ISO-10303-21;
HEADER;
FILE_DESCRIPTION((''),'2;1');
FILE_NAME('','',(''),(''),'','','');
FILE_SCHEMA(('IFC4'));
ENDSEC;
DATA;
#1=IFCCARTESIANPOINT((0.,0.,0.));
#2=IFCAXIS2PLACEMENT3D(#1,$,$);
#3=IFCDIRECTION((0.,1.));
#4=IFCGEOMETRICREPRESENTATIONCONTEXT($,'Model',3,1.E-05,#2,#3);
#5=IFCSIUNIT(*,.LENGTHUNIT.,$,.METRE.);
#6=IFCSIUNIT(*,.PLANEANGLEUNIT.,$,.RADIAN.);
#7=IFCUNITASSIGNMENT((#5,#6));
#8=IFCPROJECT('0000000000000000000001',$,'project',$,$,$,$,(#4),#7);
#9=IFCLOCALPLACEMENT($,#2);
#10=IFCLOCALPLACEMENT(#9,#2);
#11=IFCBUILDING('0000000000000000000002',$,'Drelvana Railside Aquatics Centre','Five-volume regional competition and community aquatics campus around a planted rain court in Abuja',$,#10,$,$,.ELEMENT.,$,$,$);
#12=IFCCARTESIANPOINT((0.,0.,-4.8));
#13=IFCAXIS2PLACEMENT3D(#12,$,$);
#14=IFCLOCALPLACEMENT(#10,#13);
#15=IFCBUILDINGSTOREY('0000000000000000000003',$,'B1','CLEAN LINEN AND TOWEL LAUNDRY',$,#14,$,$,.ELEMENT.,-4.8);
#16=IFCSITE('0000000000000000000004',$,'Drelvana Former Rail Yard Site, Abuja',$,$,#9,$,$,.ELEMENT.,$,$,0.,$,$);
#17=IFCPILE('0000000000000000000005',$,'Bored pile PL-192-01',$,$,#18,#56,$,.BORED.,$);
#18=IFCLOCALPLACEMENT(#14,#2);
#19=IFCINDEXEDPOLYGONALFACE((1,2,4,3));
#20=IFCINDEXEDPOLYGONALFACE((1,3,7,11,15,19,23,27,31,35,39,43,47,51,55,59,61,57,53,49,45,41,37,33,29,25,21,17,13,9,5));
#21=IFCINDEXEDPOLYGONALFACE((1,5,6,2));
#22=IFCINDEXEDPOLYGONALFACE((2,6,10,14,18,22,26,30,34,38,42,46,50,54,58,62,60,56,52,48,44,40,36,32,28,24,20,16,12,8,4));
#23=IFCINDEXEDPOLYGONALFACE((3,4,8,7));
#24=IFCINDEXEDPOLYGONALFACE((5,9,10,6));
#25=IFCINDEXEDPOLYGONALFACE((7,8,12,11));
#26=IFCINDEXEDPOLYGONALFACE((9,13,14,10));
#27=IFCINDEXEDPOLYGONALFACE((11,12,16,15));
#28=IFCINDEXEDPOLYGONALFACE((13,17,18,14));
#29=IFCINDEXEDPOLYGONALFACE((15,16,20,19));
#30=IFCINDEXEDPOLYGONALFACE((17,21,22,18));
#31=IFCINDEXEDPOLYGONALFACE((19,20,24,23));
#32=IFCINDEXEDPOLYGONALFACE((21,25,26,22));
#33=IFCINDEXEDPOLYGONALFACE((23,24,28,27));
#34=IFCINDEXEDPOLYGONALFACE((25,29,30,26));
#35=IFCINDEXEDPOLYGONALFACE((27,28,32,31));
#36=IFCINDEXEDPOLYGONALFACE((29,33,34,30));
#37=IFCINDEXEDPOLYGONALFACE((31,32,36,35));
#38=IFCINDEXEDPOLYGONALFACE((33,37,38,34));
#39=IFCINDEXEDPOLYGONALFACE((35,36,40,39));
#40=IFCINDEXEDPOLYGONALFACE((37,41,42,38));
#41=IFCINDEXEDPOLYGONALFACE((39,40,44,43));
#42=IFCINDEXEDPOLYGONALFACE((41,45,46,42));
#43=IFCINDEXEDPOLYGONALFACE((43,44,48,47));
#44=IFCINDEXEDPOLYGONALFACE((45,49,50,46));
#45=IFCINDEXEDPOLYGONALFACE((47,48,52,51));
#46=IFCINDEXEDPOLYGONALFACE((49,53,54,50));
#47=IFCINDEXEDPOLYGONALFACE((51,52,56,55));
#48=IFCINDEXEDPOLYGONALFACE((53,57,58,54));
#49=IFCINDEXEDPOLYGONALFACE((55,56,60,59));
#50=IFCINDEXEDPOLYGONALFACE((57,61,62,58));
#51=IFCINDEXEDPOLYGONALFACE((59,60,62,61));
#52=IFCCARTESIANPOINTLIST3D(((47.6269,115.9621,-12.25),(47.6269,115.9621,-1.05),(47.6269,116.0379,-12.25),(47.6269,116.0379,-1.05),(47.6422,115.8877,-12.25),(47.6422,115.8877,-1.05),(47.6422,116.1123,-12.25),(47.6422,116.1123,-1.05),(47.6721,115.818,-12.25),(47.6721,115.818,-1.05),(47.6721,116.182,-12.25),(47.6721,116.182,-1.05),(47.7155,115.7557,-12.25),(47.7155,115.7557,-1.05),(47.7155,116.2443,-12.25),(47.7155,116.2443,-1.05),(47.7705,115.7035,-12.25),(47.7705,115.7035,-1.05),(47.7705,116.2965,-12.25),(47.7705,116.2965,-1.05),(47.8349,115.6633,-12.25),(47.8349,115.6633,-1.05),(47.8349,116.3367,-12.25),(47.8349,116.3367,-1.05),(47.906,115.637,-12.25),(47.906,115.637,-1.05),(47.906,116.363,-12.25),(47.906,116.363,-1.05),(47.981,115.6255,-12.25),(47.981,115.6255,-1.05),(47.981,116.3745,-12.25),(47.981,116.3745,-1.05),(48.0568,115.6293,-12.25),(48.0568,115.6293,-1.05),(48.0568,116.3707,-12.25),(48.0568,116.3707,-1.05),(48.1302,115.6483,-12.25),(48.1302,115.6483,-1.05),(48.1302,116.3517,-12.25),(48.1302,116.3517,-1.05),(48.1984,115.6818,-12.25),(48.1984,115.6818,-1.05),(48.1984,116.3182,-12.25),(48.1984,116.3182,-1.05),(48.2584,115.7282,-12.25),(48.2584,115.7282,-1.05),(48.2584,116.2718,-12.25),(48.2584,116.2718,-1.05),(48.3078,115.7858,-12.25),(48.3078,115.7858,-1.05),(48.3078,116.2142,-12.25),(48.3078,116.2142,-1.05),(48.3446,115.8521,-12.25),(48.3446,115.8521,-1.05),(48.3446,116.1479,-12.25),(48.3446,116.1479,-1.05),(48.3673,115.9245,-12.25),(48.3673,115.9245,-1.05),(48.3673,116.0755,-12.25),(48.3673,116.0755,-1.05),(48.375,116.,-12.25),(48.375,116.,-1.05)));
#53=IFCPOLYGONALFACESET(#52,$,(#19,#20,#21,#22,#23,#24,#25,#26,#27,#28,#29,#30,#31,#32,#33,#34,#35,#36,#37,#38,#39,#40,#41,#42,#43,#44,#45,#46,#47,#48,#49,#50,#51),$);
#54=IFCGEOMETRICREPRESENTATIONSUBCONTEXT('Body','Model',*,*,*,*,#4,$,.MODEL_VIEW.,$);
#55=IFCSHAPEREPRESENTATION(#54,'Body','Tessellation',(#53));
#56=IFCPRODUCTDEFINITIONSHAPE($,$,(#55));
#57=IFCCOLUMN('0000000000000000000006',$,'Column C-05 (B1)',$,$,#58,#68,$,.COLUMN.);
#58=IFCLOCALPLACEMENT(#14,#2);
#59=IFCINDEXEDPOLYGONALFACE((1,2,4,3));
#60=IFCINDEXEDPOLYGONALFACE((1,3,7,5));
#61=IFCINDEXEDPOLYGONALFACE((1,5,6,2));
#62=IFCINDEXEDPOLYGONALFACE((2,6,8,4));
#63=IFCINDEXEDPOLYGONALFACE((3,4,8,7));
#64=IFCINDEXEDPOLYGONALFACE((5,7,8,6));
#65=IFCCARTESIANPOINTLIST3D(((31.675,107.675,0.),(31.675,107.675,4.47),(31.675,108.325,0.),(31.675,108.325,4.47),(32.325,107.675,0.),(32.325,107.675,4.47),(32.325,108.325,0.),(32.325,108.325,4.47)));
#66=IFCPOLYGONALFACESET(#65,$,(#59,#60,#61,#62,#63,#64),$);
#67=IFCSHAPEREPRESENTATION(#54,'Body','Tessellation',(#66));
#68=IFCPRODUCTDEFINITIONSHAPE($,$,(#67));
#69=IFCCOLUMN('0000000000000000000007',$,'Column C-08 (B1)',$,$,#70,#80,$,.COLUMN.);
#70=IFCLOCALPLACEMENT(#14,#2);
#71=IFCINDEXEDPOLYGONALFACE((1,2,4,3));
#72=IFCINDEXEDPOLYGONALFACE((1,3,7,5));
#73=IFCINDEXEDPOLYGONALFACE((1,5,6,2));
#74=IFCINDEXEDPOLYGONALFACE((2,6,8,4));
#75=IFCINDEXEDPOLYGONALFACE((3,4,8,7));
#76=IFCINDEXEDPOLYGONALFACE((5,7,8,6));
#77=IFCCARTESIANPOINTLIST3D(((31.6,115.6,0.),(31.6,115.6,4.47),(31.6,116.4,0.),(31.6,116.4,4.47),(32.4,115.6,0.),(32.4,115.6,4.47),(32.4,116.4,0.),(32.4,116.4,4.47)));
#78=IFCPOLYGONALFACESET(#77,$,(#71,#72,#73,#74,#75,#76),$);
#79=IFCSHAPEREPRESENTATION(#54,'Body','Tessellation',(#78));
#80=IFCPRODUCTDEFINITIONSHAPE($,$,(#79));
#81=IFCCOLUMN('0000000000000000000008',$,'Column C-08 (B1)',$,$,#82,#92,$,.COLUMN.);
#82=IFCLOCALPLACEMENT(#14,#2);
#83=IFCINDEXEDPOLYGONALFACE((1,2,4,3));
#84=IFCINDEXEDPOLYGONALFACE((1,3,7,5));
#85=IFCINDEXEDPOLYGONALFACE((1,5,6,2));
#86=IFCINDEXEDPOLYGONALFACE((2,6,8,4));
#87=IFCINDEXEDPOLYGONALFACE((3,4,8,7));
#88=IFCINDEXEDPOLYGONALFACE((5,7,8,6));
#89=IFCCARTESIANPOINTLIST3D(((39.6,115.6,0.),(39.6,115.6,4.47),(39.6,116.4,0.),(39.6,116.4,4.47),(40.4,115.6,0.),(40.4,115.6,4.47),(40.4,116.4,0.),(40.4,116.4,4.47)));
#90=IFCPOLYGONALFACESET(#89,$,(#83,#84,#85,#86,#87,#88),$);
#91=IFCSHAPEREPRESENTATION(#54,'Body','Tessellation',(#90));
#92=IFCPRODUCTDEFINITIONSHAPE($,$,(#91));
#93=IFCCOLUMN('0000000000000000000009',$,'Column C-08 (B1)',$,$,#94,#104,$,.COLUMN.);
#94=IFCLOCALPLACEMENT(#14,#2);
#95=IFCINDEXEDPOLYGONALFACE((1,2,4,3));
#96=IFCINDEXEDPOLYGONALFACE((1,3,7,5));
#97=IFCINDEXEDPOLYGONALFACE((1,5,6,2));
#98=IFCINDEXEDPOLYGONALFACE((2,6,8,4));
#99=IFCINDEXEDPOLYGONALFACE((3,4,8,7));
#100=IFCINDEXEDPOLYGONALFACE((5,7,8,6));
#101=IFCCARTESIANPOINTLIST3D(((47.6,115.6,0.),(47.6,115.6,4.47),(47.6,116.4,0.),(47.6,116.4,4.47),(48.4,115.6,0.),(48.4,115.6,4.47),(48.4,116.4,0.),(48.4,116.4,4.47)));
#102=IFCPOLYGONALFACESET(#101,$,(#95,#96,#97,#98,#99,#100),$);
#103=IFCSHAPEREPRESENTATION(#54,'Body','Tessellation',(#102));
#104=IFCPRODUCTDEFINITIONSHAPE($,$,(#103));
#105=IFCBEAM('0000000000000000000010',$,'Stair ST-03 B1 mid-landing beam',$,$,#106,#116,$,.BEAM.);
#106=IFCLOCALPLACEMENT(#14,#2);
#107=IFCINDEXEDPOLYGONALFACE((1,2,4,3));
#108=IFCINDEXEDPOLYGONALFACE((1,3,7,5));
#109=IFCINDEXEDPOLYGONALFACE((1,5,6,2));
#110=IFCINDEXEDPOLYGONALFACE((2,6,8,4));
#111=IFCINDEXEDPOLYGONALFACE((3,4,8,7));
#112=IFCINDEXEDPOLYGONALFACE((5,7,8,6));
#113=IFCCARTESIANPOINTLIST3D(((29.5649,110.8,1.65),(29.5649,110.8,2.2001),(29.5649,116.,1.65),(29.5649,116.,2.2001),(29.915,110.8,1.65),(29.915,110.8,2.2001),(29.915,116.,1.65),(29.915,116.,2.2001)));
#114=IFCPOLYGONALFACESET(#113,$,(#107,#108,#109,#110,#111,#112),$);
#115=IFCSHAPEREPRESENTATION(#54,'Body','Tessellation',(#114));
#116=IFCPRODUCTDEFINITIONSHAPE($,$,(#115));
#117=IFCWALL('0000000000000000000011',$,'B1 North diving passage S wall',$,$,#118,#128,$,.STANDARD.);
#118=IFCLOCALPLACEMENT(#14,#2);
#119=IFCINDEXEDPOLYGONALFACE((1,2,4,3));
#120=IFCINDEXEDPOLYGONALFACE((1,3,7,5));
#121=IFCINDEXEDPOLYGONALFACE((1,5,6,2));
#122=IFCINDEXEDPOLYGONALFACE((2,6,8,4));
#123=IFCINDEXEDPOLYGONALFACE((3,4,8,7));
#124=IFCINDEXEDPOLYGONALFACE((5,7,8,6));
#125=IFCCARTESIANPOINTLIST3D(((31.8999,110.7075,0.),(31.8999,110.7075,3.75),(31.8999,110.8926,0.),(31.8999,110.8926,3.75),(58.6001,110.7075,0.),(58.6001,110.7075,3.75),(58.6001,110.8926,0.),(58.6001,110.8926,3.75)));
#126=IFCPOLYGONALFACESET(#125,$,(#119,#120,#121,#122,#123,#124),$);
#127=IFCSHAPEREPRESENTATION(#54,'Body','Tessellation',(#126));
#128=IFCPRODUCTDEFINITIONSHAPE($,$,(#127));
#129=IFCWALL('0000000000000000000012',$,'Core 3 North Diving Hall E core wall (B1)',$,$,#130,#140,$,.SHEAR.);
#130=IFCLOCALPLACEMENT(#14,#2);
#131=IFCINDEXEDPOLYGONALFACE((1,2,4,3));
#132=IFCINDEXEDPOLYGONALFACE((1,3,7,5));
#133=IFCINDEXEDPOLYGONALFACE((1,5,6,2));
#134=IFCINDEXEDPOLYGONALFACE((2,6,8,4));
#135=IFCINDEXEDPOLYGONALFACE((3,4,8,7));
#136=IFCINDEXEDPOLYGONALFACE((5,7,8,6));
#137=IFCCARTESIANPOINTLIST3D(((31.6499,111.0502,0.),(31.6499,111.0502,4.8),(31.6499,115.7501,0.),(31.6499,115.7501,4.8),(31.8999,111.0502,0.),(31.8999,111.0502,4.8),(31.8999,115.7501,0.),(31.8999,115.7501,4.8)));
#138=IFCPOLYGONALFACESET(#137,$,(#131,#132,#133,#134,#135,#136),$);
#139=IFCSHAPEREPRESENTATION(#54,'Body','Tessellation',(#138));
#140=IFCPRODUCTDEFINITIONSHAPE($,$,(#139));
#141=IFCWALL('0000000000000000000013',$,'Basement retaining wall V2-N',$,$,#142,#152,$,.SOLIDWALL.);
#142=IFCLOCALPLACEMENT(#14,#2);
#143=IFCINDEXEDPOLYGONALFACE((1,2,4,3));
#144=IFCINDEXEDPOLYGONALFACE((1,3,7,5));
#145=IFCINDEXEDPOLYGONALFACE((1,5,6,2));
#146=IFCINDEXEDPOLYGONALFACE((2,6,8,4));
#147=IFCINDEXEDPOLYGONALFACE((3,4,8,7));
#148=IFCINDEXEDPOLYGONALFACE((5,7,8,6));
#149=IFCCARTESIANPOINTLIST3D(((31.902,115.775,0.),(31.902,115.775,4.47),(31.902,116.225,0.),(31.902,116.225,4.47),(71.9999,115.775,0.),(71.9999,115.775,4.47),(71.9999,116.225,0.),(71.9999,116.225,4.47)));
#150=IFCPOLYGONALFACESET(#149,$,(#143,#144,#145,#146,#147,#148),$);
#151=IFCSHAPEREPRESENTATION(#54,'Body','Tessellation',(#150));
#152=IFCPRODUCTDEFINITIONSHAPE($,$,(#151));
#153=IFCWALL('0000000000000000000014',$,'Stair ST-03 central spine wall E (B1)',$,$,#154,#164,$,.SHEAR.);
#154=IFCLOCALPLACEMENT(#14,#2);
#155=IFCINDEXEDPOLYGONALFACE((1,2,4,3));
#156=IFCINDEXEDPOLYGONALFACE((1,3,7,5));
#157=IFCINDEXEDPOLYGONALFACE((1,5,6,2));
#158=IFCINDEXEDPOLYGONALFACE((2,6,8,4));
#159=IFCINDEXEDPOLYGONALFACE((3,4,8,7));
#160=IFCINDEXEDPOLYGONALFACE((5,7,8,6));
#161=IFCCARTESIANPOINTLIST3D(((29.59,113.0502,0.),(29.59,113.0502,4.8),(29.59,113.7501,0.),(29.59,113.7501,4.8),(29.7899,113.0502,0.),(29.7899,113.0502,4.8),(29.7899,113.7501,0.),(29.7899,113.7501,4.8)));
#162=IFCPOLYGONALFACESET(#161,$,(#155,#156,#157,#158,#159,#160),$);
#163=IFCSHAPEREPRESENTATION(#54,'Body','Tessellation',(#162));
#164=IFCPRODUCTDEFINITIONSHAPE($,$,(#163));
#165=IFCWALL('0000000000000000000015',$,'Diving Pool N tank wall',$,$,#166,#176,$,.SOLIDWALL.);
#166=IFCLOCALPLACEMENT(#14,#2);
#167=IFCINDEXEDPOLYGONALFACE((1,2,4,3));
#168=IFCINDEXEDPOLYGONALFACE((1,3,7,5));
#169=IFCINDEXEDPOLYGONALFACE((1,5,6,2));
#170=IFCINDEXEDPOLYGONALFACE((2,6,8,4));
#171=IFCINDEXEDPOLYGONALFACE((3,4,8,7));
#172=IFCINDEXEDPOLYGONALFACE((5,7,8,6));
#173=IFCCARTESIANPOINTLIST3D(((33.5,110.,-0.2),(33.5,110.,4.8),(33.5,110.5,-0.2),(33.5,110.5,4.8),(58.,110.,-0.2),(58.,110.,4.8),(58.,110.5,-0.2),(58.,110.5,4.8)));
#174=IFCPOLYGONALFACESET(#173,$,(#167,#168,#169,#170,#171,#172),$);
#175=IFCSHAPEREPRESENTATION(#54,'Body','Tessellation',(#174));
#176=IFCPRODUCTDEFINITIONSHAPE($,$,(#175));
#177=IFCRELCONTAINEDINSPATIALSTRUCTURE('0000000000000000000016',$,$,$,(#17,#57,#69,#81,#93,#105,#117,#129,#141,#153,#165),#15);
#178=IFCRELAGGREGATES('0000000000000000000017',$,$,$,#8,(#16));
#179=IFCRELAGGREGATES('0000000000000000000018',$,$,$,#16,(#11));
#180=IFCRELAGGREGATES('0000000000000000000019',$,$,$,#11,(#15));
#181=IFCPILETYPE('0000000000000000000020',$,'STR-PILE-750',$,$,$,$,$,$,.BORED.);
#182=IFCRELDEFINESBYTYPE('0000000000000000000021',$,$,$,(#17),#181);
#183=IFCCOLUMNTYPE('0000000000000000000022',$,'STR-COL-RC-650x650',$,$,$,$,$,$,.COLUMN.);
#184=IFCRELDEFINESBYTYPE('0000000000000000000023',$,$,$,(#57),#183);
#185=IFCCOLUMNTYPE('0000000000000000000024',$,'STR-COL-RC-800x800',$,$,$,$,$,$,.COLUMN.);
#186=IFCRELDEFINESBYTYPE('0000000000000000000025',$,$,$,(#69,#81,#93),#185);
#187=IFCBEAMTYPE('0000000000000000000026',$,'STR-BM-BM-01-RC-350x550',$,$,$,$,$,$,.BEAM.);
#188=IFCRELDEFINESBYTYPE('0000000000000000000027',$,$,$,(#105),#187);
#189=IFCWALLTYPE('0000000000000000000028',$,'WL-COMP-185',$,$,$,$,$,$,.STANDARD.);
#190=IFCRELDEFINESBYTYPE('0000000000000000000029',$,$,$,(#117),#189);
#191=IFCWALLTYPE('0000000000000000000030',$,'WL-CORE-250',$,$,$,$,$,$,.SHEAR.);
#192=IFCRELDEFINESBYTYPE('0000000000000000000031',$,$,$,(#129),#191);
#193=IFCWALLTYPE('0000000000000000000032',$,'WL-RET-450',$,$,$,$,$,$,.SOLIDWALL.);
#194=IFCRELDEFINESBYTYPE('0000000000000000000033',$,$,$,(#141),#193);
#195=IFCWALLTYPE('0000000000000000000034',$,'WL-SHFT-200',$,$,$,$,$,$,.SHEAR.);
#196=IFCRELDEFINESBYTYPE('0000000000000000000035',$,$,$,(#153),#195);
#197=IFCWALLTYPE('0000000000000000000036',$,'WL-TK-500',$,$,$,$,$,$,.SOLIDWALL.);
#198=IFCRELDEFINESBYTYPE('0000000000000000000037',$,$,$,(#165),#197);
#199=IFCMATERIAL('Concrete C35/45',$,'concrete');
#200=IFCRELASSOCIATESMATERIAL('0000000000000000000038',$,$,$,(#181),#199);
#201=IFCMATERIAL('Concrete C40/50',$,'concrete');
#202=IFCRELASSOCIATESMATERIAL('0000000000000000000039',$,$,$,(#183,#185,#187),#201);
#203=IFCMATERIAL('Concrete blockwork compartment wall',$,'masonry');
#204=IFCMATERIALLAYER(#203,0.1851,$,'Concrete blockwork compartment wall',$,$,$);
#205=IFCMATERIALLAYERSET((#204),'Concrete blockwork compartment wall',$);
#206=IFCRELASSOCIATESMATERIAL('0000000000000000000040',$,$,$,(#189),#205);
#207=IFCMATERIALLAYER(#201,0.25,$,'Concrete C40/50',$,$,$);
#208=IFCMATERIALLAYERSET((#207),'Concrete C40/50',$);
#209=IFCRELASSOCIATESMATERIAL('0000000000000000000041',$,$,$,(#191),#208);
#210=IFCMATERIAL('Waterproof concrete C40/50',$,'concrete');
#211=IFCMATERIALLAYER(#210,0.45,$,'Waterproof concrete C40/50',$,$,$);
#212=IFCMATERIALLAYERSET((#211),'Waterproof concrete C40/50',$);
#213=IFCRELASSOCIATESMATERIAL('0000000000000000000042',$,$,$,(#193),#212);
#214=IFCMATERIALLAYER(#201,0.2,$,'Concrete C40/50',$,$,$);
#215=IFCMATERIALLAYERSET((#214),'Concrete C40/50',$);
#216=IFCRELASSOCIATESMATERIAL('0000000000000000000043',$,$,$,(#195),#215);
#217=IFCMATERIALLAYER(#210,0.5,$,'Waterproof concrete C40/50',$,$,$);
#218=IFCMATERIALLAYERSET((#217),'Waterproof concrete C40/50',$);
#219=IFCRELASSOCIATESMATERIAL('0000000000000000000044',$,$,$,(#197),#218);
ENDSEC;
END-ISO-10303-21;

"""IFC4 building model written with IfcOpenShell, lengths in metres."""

from ifc_helpers import new_model, si_unit, direction, frame, frame_2d, origin, origin_2d, place, context, subcontext, project, spatial, rectangle, circle, extrude, material, layer, layer_set, material_profile, profile_set, type_object, element, save


model = new_model("IFC4")

# Units and contexts
model_context = context("Model", 3, precision=1e-05, world=origin(), true_north=direction((0.0, 1.0)))
body_context = subcontext(model_context, "Body", "Model", "MODEL_VIEW")
ifc_project = project(units=[si_unit("LENGTHUNIT", "METRE"), si_unit("PLANEANGLEUNIT", "RADIAN")], contexts=[model_context])

# Site, building, storey
site_placement = place(None, origin())
site = spatial("IfcSite", under=ifc_project, at=site_placement, Name="Drelvana Former Rail Yard Site, Abuja", CompositionType="ELEMENT", RefElevation=0.0)
building_placement = place(site_placement, origin())
building = spatial("IfcBuilding", under=site, at=building_placement, Name="Drelvana Railside Aquatics Centre", Description="Five-volume regional competition and community aquatics campus around a planted rain court in Abuja", CompositionType="ELEMENT")
storey_placement = place(building_placement, frame((0.0, 0.0, -4.8)))
storey = spatial("IfcBuildingStorey", under=building, at=storey_placement, Name="B1", Description="CLEAN LINEN AND TOWEL LAUNDRY", CompositionType="ELEMENT", Elevation=-4.8)

# Shared definitions
ifc_material_1 = material(Name="Concrete C35/45", Category="concrete")

# Pile
ifc_material_profile_1 = material_profile(ifc_material_1, circle(Radius=0.375, at=origin_2d()), Name="PILE D750")
ifc_profile_set_1 = profile_set([ifc_material_profile_1], Name="Concrete C35/45")
pile_type_1 = type_object("IfcPileType", Name="STR-PILE-750", PredefinedType="BORED", material=ifc_profile_set_1)
for number, where, z_axis, x_axis, name in (
    (1, (48.0, 116.0, -1.05), (0.0, 0.0, -1.0), (1.0, 0.0, 0.0), "Bored pile PL-192-01"),
):
    element("IfcPile", number, at=place(storey_placement, frame(where, z_axis=z_axis, x_axis=x_axis)), inside=storey, type_object=pile_type_1, Name=name, PredefinedType="BORED", context=body_context, shape_type="SweptSolid", body=[
        extrude(circle(Radius=0.375, at=origin_2d()), origin(), (0.0, 0.0, 1.0), 11.2),
    ])

# Columns
ifc_material_2 = material(Name="Concrete C40/50", Category="concrete")
ifc_material_profile_2 = material_profile(ifc_material_2, rectangle(XDim=0.6499, YDim=0.6499, at=origin_2d()), Name="RC 650x650")
ifc_profile_set_2 = profile_set([ifc_material_profile_2], Name="Concrete C40/50")
column_type_1 = type_object("IfcColumnType", Name="STR-COL-RC-650x650", PredefinedType="COLUMN", material=ifc_profile_set_2)
column_placement = place(storey_placement, frame((32.0, 108.0, 0.0), z_axis=(0.0, 0.0, 1.0), x_axis=(1.0, 0.0, 0.0)))
element("IfcColumn", 2, at=column_placement, inside=storey, type_object=column_type_1, Name="Column C-05 (B1)", PredefinedType="COLUMN", context=body_context, shape_type="SweptSolid", body=[
    extrude(rectangle(XDim=0.6499, YDim=0.6499, at=origin_2d()), origin(), (0.0, 0.0, 1.0), 4.47),
])
ifc_material_profile_3 = material_profile(ifc_material_2, rectangle(XDim=0.8, YDim=0.8, at=origin_2d()), Name="RC 800x800")
ifc_profile_set_3 = profile_set([ifc_material_profile_3], Name="Concrete C40/50")
column_type_2 = type_object("IfcColumnType", Name="STR-COL-RC-800x800", PredefinedType="COLUMN", material=ifc_profile_set_3)
for number, where, z_axis, x_axis, name in (
    (3, (32.0, 116.0, 0.0), (0.0, 0.0, 1.0), (1.0, 0.0, 0.0), "Column C-08 (B1)"),
    (4, (40.0, 116.0, 0.0), (0.0, 0.0, 1.0), (1.0, 0.0, 0.0), "Column C-08 (B1)"),
    (5, (48.0, 116.0, 0.0), (0.0, 0.0, 1.0), (1.0, 0.0, 0.0), "Column C-08 (B1)"),
):
    element("IfcColumn", number, at=place(storey_placement, frame(where, z_axis=z_axis, x_axis=x_axis)), inside=storey, type_object=column_type_2, Name=name, PredefinedType="COLUMN", context=body_context, shape_type="SweptSolid", body=[
        extrude(rectangle(XDim=0.8, YDim=0.8, at=origin_2d()), origin(), (0.0, 0.0, 1.0), 4.47),
    ])

# Beam
ifc_material_profile_4 = material_profile(ifc_material_2, rectangle(XDim=0.3501, YDim=0.55, at=origin_2d()), Name="RC 350x550")
ifc_profile_set_4 = profile_set([ifc_material_profile_4], Name="Concrete C40/50")
beam_type = type_object("IfcBeamType", Name="STR-BM-BM-01-RC-350x550", PredefinedType="BEAM", material=ifc_profile_set_4)
beam_placement = place(storey_placement, frame((29.74, 110.8, 1.925), z_axis=(0.0, 1.0, 0.0), x_axis=(-1.0, 0.0, 0.0)))
element("IfcBeam", 6, at=beam_placement, inside=storey, type_object=beam_type, Name="Stair ST-03 B1 mid-landing beam", PredefinedType="BEAM", context=body_context, shape_type="SweptSolid", body=[
    extrude(rectangle(XDim=0.3501, YDim=0.55, at=origin_2d()), origin(), (0.0, 0.0, 1.0), 5.2),
])

# Walls
ifc_material_3 = material(Name="Concrete blockwork compartment wall", Category="masonry")
ifc_layer_1 = layer(ifc_material_3, 0.1851, Name="Concrete blockwork compartment wall")
ifc_layer_set_1 = layer_set([ifc_layer_1], Name="Concrete blockwork compartment wall")
wall_type_1 = type_object("IfcWallType", Name="WL-COMP-185", PredefinedType="STANDARD", material=ifc_layer_set_1)
wall_1_placement = place(storey_placement, frame((31.8999, 110.8, 0.0), z_axis=(0.0, 0.0, 1.0), x_axis=(1.0, 0.0, 0.0)))
element("IfcWall", 7, at=wall_1_placement, inside=storey, type_object=wall_type_1, Name="B1 North diving passage S wall", PredefinedType="STANDARD", context=body_context, shape_type="SweptSolid", body=[
    extrude(rectangle(XDim=26.7002, YDim=0.1851, at=frame_2d((13.3501, 0.0))), origin(), (0.0, 0.0, 1.0), 3.75),
])
ifc_layer_2 = layer(ifc_material_2, 0.25, Name="Concrete C40/50")
ifc_layer_set_2 = layer_set([ifc_layer_2], Name="Concrete C40/50")
wall_type_2 = type_object("IfcWallType", Name="WL-CORE-250", PredefinedType="SHEAR", material=ifc_layer_set_2)
wall_2_placement = place(storey_placement, frame((31.7749, 111.05, 0.0), z_axis=(0.0, 0.0, 1.0), x_axis=(0.0, 1.0, 0.0)))
element("IfcWall", 8, at=wall_2_placement, inside=storey, type_object=wall_type_2, Name="Core 3 North Diving Hall E core wall (B1)", PredefinedType="SHEAR", context=body_context, shape_type="SweptSolid", body=[
    extrude(rectangle(XDim=4.7, YDim=0.25, at=frame_2d((2.3501, 0.0))), origin(), (0.0, 0.0, 1.0), 4.8),
])
ifc_material_4 = material(Name="Waterproof concrete C40/50", Category="concrete")
ifc_layer_3 = layer(ifc_material_4, 0.45, Name="Waterproof concrete C40/50")
ifc_layer_set_3 = layer_set([ifc_layer_3], Name="Waterproof concrete C40/50")
wall_type_3 = type_object("IfcWallType", Name="WL-RET-450", PredefinedType="SOLIDWALL", material=ifc_layer_set_3)
wall_3_placement = place(storey_placement, frame((31.9021, 116.0, 0.0), z_axis=(0.0, 0.0, 1.0), x_axis=(1.0, 0.0, 0.0)))
element("IfcWall", 9, at=wall_3_placement, inside=storey, type_object=wall_type_3, Name="Basement retaining wall V2-N", PredefinedType="SOLIDWALL", context=body_context, shape_type="SweptSolid", body=[
    extrude(rectangle(XDim=40.0979, YDim=0.45, at=frame_2d((20.0488, 0.0))), origin(), (0.0, 0.0, 1.0), 4.47),
])
ifc_layer_4 = layer(ifc_material_2, 0.2, Name="Concrete C40/50")
ifc_layer_set_4 = layer_set([ifc_layer_4], Name="Concrete C40/50")
wall_type_4 = type_object("IfcWallType", Name="WL-SHFT-200", PredefinedType="SHEAR", material=ifc_layer_set_4)
wall_4_placement = place(storey_placement, frame((29.6899, 113.05, 0.0), z_axis=(0.0, 0.0, 1.0), x_axis=(0.0, 1.0, 0.0)))
element("IfcWall", 10, at=wall_4_placement, inside=storey, type_object=wall_type_4, Name="Stair ST-03 central spine wall E (B1)", PredefinedType="SHEAR", context=body_context, shape_type="SweptSolid", body=[
    extrude(rectangle(XDim=0.7, YDim=0.2, at=frame_2d((0.3501, 0.0))), origin(), (0.0, 0.0, 1.0), 4.8),
])
ifc_layer_5 = layer(ifc_material_4, 0.5, Name="Waterproof concrete C40/50")
ifc_layer_set_5 = layer_set([ifc_layer_5], Name="Waterproof concrete C40/50")
wall_type_5 = type_object("IfcWallType", Name="WL-TK-500", PredefinedType="SOLIDWALL", material=ifc_layer_set_5)
wall_5_placement = place(storey_placement, frame((33.5, 110.25, -0.2), z_axis=(0.0, 0.0, 1.0), x_axis=(1.0, 0.0, 0.0)))
element("IfcWall", 11, at=wall_5_placement, inside=storey, type_object=wall_type_5, Name="Diving Pool N tank wall", PredefinedType="SOLIDWALL", context=body_context, shape_type="SweptSolid", body=[
    extrude(rectangle(XDim=24.5, YDim=0.5, at=frame_2d((12.25, 0.0))), origin(), (0.0, 0.0, 1.0), 5.0),
])

save(model, "model.ifc")
